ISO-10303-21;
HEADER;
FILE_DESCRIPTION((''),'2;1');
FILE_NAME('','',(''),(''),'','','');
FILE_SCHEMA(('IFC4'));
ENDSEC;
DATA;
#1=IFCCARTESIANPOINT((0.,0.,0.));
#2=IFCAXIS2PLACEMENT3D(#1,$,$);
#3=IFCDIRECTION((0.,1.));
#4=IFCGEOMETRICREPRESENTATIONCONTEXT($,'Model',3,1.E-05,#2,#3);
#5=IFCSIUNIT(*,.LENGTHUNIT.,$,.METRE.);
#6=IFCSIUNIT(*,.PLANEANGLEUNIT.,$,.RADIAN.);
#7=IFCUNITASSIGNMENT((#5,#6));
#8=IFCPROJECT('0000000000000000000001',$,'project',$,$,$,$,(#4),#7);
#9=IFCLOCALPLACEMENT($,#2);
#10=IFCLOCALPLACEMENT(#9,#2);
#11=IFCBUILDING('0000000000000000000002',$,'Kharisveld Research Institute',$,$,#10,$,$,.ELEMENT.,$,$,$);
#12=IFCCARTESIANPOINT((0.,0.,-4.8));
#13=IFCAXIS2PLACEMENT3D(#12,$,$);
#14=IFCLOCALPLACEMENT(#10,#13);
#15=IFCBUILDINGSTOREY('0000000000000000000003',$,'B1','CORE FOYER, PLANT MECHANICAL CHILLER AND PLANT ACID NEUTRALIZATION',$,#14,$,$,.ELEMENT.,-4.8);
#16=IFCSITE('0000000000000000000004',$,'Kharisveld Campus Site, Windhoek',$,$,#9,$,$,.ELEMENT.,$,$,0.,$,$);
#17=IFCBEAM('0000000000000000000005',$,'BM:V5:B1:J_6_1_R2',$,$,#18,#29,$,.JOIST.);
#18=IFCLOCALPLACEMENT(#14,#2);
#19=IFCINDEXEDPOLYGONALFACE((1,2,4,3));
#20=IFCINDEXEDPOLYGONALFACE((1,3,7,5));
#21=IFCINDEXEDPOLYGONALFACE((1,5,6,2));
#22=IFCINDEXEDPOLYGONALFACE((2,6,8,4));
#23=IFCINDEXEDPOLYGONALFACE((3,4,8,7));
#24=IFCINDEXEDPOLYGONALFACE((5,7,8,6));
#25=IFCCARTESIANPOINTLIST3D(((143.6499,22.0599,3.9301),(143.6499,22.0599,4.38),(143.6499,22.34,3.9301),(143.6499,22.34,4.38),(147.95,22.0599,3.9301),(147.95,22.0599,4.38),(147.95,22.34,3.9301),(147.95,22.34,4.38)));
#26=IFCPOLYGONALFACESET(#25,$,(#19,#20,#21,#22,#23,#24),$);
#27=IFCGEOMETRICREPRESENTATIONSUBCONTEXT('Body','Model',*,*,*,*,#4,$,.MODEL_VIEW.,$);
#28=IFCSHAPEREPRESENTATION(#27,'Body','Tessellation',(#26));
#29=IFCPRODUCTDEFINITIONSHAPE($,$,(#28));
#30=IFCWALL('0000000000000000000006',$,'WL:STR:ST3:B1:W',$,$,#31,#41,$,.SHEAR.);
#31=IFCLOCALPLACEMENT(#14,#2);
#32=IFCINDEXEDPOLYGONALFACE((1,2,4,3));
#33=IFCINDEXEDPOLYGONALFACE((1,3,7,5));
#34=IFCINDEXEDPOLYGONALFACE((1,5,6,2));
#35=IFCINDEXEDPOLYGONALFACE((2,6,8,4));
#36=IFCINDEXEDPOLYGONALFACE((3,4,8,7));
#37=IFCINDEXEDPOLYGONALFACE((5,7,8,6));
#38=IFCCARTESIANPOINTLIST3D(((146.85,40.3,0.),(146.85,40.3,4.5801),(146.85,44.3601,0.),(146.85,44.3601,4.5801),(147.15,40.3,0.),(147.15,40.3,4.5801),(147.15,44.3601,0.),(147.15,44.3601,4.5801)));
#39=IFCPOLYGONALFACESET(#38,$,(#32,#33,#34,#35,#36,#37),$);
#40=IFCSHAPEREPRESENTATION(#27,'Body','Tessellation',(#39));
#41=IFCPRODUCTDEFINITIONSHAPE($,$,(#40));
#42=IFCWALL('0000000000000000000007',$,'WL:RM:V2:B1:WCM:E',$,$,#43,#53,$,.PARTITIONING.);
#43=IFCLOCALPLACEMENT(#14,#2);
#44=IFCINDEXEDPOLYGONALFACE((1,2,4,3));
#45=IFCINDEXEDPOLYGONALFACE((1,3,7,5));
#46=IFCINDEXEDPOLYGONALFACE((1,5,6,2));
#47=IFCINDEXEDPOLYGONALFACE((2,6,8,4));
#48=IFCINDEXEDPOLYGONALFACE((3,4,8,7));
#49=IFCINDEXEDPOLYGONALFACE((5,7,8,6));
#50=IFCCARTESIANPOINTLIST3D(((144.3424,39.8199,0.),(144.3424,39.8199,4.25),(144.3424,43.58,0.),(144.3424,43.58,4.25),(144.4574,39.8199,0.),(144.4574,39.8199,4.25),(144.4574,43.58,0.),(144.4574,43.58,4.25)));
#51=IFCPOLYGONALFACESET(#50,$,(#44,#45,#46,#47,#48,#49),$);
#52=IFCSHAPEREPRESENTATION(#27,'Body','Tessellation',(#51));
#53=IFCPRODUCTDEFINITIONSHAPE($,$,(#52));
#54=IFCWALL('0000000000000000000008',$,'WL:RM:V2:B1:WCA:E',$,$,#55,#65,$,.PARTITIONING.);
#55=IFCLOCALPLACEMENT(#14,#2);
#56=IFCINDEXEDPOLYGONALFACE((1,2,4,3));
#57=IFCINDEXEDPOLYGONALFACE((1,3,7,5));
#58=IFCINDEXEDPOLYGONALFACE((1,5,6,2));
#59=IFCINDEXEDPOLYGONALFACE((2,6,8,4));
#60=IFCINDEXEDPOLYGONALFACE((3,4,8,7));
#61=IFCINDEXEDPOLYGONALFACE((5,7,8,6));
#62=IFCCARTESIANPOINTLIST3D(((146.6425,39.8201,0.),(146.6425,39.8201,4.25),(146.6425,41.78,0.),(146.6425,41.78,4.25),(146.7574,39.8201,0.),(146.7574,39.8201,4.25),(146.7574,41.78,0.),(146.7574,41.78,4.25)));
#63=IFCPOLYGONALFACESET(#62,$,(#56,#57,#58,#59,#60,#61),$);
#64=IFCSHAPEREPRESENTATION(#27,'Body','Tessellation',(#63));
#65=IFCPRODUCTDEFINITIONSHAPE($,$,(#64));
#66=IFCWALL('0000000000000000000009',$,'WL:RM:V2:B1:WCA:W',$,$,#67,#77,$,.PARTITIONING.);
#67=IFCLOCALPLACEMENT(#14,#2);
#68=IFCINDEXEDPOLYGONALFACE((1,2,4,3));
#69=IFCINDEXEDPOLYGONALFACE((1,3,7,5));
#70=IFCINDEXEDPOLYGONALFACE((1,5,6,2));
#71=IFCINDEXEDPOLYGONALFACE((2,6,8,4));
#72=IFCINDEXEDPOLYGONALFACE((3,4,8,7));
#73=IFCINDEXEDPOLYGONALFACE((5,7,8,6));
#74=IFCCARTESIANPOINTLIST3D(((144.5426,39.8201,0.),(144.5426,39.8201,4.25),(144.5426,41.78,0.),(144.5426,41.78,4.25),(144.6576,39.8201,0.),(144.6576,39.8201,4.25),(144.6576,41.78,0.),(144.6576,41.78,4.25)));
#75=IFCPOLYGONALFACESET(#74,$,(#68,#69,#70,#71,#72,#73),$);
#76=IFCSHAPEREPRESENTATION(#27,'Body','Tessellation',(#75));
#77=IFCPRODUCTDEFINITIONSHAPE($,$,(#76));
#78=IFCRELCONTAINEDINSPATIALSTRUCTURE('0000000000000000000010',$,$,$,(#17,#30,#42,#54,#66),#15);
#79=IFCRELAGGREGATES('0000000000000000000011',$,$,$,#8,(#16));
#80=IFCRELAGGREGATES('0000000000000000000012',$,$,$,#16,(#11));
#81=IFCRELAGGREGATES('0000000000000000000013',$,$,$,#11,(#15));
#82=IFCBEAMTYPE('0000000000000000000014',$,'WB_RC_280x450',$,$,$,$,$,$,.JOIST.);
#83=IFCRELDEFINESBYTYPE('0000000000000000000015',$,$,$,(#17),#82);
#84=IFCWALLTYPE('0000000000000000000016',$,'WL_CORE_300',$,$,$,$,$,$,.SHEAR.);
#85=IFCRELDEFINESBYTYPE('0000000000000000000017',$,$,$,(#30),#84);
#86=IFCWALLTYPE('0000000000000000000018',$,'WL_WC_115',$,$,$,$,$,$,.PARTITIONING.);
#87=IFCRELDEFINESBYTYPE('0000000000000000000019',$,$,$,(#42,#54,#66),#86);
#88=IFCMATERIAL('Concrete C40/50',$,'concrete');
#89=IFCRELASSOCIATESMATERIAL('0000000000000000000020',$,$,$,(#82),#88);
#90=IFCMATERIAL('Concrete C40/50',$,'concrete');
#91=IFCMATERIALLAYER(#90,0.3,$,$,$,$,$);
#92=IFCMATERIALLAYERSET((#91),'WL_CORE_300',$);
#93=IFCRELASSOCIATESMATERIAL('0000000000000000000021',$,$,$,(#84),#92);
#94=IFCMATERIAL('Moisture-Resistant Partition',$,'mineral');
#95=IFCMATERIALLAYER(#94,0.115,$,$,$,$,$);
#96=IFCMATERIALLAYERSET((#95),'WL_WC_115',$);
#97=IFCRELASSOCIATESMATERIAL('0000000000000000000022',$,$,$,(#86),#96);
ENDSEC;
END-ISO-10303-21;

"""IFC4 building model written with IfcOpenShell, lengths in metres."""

from ifc_helpers import new_model, si_unit, direction, frame, frame_2d, origin, origin_2d, place, context, subcontext, project, spatial, rectangle, extrude, material, layer, layer_set, material_profile, profile_set, type_object, element, save


model = new_model("IFC4")

# Units and contexts
model_context = context("Model", 3, precision=1e-05, world=origin(), true_north=direction((0.0, 1.0)))
body_context = subcontext(model_context, "Body", "Model", "MODEL_VIEW")
ifc_project = project(units=[si_unit("LENGTHUNIT", "METRE"), si_unit("PLANEANGLEUNIT", "RADIAN")], contexts=[model_context])

# Site, building, storey
site_placement = place(None, origin())
site = spatial("IfcSite", under=ifc_project, at=site_placement, Name="Kharisveld Campus Site, Windhoek", CompositionType="ELEMENT", RefElevation=0.0)
building_placement = place(site_placement, origin())
building = spatial("IfcBuilding", under=site, at=building_placement, Name="Kharisveld Research Institute", CompositionType="ELEMENT")
storey_placement = place(building_placement, frame((0.0, 0.0, -4.8)))
storey = spatial("IfcBuildingStorey", under=building, at=storey_placement, Name="B1", Description="CORE FOYER, PLANT MECHANICAL CHILLER AND PLANT ACID NEUTRALIZATION", CompositionType="ELEMENT", Elevation=-4.8)

# Beam
ifc_material_1 = material(Name="Concrete C40/50", Category="concrete")
ifc_material_profile_1 = material_profile(ifc_material_1, rectangle(XDim=0.28, YDim=0.45, at=origin_2d()))
ifc_profile_set_1 = profile_set([ifc_material_profile_1], Name="Concrete C40/50")
beam_type_1 = type_object("IfcBeamType", Name="WB_RC_280x450", PredefinedType="JOIST", material=ifc_profile_set_1)
beam_1_placement = place(storey_placement, frame((143.6499, 22.2, 4.155), z_axis=(1.0, 0.0, 0.0), x_axis=(0.0, 1.0, 0.0)))
element("IfcBeam", 1, at=beam_1_placement, inside=storey, type_object=beam_type_1, Name="BM:V5:B1:J_6_1_R2", PredefinedType="JOIST", context=body_context, shape_type="SweptSolid", body=[
    extrude(rectangle(XDim=0.28, YDim=0.45, at=origin_2d()), origin(), (0.0, 0.0, 1.0), 4.3),
])

# Walls
ifc_material_2 = material(Name="Concrete C40/50", Category="concrete")
ifc_layer_1 = layer(ifc_material_2, 0.3)
ifc_layer_set_1 = layer_set([ifc_layer_1], Name="WL_CORE_300")
wall_type_1 = type_object("IfcWallType", Name="WL_CORE_300", PredefinedType="SHEAR", material=ifc_layer_set_1)
wall_1_placement = place(storey_placement, frame((147.0, 40.3, 0.0), z_axis=(0.0, 0.0, 1.0), x_axis=(0.0, 1.0, 0.0)))
element("IfcWall", 2, at=wall_1_placement, inside=storey, type_object=wall_type_1, Name="WL:STR:ST3:B1:W", PredefinedType="SHEAR", context=body_context, shape_type="SweptSolid", body=[
    extrude(rectangle(XDim=4.0601, YDim=0.3, at=frame_2d((2.03, 0.0))), origin(), (0.0, 0.0, 1.0), 4.5801),
])
ifc_material_3 = material(Name="Moisture-Resistant Partition", Category="mineral")
ifc_layer_2 = layer(ifc_material_3, 0.115)
ifc_layer_set_2 = layer_set([ifc_layer_2], Name="WL_WC_115")
wall_type_2 = type_object("IfcWallType", Name="WL_WC_115", PredefinedType="PARTITIONING", material=ifc_layer_set_2)
wall_2_placement = place(storey_placement, frame((144.3999, 39.8201, 0.0), z_axis=(0.0, 0.0, 1.0), x_axis=(0.0, 1.0, 0.0)))
element("IfcWall", 3, at=wall_2_placement, inside=storey, type_object=wall_type_2, Name="WL:RM:V2:B1:WCM:E", PredefinedType="PARTITIONING", context=body_context, shape_type="SweptSolid", body=[
    extrude(rectangle(XDim=3.76, YDim=0.115, at=frame_2d((1.8799, 0.0))), origin(), (0.0, 0.0, 1.0), 4.25),
])
wall_3_placement = place(storey_placement, frame((146.7, 39.8201, 0.0), z_axis=(0.0, 0.0, 1.0), x_axis=(0.0, 1.0, 0.0)))
element("IfcWall", 4, at=wall_3_placement, inside=storey, type_object=wall_type_2, Name="WL:RM:V2:B1:WCA:E", PredefinedType="PARTITIONING", context=body_context, shape_type="SweptSolid", body=[
    extrude(rectangle(XDim=1.96, YDim=0.115, at=frame_2d((0.98, 0.0))), origin(), (0.0, 0.0, 1.0), 4.25),
])

# Wall
wall_4_placement = place(storey_placement, frame((144.6001, 41.78, 0.0), z_axis=(0.0, 0.0, 1.0), x_axis=(0.0, -1.0, 0.0)))
element("IfcWall", 5, at=wall_4_placement, inside=storey, type_object=wall_type_2, Name="WL:RM:V2:B1:WCA:W", PredefinedType="PARTITIONING", context=body_context, shape_type="SweptSolid", body=[
    extrude(rectangle(XDim=1.96, YDim=0.115, at=frame_2d((0.98, 0.0))), origin(), (0.0, 0.0, 1.0), 4.25),
])

save(model, "model.ifc")
